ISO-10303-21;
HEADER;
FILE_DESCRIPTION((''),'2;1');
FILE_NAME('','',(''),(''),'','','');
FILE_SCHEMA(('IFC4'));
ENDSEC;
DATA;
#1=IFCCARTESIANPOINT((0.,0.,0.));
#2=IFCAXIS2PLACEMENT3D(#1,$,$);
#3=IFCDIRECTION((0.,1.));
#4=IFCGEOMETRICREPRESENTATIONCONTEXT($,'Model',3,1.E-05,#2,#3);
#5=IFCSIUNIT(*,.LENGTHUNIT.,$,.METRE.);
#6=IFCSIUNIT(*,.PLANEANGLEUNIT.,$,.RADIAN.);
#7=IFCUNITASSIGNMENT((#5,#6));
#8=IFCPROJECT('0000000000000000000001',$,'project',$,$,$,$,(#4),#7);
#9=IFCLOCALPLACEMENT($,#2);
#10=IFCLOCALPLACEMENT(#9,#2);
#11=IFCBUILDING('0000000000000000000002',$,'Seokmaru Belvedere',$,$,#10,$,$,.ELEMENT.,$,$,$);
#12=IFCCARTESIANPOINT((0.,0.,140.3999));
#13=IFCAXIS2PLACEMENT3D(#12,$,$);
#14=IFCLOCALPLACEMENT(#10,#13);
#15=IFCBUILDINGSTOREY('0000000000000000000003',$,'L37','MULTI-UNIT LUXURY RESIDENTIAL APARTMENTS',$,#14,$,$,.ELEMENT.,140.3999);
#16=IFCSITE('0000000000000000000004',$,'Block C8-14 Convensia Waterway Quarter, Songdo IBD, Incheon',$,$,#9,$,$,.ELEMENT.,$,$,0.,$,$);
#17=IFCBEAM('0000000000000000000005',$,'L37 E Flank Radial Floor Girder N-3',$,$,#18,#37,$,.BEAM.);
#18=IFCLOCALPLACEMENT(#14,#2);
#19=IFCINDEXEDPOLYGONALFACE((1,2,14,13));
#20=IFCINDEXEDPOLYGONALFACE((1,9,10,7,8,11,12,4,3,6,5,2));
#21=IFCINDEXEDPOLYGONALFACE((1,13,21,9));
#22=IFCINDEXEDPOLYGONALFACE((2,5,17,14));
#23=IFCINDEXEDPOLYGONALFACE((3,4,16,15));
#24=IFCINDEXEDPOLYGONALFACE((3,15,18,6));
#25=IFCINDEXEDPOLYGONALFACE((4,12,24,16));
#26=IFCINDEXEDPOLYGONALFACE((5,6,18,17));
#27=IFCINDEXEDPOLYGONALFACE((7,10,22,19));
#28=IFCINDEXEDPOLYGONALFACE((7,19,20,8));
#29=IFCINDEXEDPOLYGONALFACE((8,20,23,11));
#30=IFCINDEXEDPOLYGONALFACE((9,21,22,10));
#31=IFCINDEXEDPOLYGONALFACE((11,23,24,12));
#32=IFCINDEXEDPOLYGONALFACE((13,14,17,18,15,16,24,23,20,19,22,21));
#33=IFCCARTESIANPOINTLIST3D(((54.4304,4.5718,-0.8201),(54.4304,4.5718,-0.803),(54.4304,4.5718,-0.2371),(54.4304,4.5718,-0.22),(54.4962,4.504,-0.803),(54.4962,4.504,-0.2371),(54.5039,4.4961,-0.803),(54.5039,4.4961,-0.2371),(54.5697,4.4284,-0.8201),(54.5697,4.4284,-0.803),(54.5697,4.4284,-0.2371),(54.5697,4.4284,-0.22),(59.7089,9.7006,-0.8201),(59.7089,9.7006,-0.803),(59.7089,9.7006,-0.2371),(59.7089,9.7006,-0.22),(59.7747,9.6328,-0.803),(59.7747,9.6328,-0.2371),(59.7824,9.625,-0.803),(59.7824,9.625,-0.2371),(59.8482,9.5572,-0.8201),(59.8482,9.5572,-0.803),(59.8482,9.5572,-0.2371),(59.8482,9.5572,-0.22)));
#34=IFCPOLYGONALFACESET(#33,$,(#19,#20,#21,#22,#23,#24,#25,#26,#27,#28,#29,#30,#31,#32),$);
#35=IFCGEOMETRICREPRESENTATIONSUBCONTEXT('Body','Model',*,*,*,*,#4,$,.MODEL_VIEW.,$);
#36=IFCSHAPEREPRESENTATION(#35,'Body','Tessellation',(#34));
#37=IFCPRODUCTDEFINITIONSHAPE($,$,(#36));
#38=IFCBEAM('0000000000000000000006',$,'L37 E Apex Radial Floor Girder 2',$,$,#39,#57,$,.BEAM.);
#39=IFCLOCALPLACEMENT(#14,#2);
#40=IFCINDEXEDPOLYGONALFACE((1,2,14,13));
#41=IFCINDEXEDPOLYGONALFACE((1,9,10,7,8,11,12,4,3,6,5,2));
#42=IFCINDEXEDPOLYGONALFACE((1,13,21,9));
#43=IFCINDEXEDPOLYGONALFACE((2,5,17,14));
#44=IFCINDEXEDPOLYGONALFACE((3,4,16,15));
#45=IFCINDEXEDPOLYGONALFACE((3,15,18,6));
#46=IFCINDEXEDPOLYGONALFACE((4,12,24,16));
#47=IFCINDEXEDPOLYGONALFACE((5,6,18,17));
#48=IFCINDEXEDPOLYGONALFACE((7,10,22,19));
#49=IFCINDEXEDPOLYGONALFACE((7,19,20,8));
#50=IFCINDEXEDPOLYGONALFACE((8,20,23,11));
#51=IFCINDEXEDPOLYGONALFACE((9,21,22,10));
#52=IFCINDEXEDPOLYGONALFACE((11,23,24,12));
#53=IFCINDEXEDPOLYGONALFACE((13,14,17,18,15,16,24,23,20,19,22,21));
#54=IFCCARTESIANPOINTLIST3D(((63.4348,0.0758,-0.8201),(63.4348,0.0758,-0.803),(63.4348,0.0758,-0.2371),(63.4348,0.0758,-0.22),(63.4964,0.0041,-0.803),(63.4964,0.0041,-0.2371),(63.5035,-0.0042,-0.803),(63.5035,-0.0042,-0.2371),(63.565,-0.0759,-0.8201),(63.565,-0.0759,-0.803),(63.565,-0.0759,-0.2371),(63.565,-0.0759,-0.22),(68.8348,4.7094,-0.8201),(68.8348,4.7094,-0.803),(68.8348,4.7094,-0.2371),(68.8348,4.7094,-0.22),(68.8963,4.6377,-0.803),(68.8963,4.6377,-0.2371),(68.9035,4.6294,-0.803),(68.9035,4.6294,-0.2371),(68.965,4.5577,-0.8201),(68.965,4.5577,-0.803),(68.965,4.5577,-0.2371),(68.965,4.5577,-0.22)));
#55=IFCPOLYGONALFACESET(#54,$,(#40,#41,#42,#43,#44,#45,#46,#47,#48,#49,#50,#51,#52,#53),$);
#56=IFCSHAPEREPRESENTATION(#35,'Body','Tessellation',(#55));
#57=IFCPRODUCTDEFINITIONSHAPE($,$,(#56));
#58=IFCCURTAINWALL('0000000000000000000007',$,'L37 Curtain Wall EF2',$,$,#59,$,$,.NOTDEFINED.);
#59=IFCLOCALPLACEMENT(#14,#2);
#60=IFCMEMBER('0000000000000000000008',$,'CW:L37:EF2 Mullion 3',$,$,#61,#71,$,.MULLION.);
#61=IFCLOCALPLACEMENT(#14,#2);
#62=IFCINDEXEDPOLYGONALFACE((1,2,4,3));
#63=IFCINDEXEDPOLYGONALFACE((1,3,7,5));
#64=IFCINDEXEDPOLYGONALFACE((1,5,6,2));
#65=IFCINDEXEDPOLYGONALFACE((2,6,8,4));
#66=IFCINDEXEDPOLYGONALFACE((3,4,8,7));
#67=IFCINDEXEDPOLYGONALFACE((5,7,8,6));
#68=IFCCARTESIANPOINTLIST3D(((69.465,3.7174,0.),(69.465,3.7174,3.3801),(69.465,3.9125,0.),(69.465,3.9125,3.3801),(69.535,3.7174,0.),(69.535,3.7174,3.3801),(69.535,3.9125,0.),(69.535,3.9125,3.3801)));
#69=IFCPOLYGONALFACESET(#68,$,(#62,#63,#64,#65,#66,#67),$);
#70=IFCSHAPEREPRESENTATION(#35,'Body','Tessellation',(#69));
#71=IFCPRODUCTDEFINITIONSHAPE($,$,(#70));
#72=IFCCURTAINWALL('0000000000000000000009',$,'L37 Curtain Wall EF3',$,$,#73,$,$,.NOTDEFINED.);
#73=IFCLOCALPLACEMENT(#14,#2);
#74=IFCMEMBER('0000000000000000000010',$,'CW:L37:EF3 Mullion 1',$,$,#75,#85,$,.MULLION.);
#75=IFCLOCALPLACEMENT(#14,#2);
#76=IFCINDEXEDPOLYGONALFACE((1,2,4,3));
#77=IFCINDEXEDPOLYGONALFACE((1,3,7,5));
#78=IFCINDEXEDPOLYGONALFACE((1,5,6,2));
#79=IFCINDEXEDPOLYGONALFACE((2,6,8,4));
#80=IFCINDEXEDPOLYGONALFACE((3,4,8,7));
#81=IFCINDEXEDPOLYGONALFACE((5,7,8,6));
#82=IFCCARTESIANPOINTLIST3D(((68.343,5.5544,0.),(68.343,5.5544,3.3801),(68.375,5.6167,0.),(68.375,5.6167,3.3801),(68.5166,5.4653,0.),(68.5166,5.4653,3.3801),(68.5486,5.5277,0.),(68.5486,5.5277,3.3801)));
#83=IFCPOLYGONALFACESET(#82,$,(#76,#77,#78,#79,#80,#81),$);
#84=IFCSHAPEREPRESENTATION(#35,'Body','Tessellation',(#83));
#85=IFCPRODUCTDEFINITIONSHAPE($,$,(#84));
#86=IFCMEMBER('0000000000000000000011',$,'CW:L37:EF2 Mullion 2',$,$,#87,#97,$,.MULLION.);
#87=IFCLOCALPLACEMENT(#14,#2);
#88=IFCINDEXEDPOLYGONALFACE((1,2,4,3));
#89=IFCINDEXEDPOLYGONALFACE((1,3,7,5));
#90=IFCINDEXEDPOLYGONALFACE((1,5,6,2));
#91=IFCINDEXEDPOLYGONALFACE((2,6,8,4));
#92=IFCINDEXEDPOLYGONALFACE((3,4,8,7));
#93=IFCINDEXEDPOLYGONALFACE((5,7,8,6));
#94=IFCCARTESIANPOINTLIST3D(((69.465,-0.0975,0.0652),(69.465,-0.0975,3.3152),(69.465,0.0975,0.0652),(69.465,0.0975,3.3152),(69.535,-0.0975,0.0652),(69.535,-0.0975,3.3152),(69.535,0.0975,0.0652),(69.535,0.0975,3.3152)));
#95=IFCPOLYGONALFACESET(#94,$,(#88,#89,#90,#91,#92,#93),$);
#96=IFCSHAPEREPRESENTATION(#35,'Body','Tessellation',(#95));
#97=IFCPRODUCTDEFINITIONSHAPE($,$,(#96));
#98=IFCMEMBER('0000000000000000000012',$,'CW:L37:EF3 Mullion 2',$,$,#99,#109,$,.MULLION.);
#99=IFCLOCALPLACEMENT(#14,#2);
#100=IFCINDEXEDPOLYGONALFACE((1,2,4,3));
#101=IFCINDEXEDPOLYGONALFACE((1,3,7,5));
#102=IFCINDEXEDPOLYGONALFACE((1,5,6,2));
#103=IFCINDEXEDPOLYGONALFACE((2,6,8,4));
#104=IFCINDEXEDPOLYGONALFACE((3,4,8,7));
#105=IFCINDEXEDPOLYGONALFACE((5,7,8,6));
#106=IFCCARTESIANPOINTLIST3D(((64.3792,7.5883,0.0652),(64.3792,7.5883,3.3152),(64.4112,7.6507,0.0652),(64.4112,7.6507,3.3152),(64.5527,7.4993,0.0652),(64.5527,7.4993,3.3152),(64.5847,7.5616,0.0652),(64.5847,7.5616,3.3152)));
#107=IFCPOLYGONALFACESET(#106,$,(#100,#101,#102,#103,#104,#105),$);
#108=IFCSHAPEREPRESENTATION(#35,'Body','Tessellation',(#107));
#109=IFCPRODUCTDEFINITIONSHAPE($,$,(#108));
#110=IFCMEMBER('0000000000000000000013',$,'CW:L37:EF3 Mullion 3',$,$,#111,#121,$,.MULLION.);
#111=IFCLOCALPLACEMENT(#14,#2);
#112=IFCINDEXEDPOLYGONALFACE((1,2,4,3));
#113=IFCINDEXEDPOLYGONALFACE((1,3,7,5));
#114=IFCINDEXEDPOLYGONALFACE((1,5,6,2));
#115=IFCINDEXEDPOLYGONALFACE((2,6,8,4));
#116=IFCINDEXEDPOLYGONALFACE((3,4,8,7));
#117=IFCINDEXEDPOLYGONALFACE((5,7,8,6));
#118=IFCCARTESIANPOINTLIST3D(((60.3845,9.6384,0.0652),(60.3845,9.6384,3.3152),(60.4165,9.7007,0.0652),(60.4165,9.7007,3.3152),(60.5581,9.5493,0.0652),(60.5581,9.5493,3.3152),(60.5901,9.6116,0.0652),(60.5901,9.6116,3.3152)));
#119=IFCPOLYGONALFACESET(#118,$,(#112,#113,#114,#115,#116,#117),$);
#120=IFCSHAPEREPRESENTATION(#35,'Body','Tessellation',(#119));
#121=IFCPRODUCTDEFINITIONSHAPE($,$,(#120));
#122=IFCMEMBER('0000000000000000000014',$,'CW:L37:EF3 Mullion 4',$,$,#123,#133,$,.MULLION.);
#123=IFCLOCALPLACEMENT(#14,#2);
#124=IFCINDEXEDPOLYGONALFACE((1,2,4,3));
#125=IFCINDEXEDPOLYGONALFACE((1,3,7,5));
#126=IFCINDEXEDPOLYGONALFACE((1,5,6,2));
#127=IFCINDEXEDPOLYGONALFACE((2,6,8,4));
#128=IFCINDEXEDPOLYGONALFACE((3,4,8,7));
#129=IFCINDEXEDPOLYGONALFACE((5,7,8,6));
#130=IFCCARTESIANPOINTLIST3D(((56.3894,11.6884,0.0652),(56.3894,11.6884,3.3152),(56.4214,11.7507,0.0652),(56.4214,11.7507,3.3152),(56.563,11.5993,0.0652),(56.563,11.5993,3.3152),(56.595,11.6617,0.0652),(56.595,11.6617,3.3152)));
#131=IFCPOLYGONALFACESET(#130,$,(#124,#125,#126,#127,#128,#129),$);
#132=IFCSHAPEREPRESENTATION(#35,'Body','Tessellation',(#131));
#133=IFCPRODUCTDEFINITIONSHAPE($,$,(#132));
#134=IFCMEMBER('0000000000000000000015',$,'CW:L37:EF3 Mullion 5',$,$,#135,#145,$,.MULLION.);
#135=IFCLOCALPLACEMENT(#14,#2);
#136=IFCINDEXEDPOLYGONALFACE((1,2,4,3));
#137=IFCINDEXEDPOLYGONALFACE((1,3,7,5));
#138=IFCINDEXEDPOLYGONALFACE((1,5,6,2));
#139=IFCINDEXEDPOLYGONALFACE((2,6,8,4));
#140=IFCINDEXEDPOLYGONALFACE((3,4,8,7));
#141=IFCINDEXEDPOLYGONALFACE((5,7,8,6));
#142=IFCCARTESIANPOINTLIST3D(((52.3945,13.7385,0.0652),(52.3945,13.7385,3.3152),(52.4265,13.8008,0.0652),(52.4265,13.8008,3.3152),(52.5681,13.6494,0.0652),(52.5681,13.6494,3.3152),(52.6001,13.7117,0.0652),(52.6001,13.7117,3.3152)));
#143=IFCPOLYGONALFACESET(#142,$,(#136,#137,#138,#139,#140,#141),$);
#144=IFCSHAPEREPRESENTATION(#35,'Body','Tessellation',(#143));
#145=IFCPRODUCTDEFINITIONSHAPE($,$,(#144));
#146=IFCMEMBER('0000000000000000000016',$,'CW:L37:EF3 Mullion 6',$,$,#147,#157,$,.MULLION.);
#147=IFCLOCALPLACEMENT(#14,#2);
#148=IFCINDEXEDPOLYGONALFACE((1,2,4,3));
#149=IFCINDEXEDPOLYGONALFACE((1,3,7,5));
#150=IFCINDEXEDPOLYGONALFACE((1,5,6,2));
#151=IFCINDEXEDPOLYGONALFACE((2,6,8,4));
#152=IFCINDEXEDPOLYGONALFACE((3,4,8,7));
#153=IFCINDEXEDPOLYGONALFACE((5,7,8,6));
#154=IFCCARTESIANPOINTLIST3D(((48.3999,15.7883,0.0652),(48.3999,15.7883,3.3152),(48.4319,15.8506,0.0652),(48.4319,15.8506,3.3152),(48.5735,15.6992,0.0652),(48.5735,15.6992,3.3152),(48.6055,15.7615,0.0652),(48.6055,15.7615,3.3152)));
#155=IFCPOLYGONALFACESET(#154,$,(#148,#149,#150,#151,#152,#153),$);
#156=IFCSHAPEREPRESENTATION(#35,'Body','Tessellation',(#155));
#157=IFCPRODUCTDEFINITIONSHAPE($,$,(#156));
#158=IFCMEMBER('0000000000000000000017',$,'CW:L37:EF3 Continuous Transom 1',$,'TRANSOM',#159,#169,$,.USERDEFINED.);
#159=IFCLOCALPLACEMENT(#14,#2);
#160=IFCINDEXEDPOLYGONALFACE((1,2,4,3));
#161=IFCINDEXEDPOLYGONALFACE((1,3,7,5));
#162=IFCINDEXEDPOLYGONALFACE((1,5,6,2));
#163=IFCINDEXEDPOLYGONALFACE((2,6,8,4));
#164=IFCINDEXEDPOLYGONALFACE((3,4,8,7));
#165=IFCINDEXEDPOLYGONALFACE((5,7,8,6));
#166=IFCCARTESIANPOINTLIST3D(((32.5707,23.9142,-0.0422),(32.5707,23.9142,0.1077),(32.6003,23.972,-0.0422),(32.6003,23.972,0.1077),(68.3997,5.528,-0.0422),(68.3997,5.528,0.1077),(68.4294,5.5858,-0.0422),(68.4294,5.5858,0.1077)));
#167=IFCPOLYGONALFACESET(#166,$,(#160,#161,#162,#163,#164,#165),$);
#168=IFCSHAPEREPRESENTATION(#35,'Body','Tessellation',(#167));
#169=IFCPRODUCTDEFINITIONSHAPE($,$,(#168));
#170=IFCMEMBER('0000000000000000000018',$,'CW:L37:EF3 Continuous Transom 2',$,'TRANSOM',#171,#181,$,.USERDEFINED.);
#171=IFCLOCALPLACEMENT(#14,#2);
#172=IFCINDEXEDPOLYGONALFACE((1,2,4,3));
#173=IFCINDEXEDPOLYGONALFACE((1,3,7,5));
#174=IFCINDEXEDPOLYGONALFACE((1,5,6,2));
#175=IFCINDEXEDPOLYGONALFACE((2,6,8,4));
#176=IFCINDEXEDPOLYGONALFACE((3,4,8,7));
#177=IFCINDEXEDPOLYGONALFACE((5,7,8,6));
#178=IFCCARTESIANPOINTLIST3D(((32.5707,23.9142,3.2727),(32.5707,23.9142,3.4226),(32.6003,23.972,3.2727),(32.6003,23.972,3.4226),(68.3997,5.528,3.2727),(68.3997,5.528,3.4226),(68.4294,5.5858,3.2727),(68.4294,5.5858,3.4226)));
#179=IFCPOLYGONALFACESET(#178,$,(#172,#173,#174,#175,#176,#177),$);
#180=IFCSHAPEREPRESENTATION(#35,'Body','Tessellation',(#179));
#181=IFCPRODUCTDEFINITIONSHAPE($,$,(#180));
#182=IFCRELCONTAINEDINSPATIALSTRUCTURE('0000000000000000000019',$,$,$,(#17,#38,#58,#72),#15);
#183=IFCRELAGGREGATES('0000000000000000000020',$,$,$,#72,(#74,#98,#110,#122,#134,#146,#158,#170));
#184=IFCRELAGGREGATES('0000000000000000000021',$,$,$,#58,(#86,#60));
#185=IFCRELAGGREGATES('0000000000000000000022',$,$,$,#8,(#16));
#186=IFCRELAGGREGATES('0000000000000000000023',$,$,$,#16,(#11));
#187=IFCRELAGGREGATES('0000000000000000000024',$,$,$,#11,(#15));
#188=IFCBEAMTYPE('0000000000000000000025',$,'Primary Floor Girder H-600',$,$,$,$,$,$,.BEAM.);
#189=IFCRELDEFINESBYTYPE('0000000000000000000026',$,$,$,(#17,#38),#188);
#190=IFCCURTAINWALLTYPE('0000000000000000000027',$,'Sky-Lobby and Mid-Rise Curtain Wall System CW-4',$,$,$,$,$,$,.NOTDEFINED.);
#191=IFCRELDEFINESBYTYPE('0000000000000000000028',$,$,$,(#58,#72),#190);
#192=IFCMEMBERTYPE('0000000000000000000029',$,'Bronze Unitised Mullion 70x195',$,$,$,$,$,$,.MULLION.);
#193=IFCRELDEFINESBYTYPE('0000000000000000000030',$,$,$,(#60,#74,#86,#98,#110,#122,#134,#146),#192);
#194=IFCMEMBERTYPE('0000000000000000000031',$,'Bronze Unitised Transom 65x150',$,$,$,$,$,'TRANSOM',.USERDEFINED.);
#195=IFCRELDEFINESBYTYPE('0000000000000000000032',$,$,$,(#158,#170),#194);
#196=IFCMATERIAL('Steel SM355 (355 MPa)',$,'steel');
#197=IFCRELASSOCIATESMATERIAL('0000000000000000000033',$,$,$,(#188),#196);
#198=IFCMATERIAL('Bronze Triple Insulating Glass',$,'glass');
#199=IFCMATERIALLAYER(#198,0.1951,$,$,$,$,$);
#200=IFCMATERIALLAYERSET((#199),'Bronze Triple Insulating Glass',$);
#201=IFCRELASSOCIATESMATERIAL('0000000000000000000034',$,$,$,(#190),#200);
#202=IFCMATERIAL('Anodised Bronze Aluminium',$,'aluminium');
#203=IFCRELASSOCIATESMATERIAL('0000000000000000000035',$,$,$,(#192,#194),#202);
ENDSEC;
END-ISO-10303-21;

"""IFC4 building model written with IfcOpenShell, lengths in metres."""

from ifc_helpers import new_model, si_unit, direction, frame, origin, origin_2d, place, context, subcontext, project, spatial, rectangle, i_section, extrude, source, transform, mapped, material, layer, layer_set, material_profile, profile_set, type_object, type_shapes, element, aggregate, save


model = new_model("IFC4")

# Units and contexts
model_context = context("Model", 3, precision=1e-05, world=origin(), true_north=direction((0.0, 1.0)))
body_context = subcontext(model_context, "Body", "Model", "MODEL_VIEW")
ifc_project = project(units=[si_unit("LENGTHUNIT", "METRE"), si_unit("PLANEANGLEUNIT", "RADIAN")], contexts=[model_context])

# Site, building, storey
site_placement = place(None, origin())
site = spatial("IfcSite", under=ifc_project, at=site_placement, Name="Block C8-14 Convensia Waterway Quarter, Songdo IBD, Incheon", CompositionType="ELEMENT", RefElevation=0.0)
building_placement = place(site_placement, origin())
building = spatial("IfcBuilding", under=site, at=building_placement, Name="Seokmaru Belvedere", CompositionType="ELEMENT")
storey_placement = place(building_placement, frame((0.0, 0.0, 140.3999)))
storey = spatial("IfcBuildingStorey", under=building, at=storey_placement, Name="L37", Description="MULTI-UNIT LUXURY RESIDENTIAL APARTMENTS", CompositionType="ELEMENT", Elevation=140.3999)

# Shared definitions
ifc_material_1 = material(Name="Steel SM355 (355 MPa)", Category="steel")

# Beams
ifc_material_profile_1 = material_profile(ifc_material_1, i_section(OverallWidth=0.2, OverallDepth=0.6001, WebThickness=0.011, FlangeThickness=0.0171, at=origin_2d()), Name="H-600x200x11x17")
ifc_profile_set_1 = profile_set([ifc_material_profile_1], Name="Steel SM355 (355 MPa)")
beam_type_1 = type_object("IfcBeamType", Name="Primary Floor Girder H-600", PredefinedType="BEAM", material=ifc_profile_set_1)
shared_shape_1 = source(origin(), body_context, "Body", "SweptSolid", [
    extrude(i_section(OverallWidth=0.2, OverallDepth=0.6001, WebThickness=0.011, FlangeThickness=0.0171, at=origin_2d()), origin(), (0.0, 0.0, 1.0), 7.3599),
])
beam_1_placement = place(storey_placement, frame((59.7786, 9.6289, -0.52), z_axis=(-0.717201, -0.696867, 0.0), x_axis=(0.696867, -0.717201, 0.0)))
element("IfcBeam", 1, at=beam_1_placement, inside=storey, type_object=beam_type_1, Name="L37 E Flank Radial Floor Girder N-3", PredefinedType="BEAM", context=body_context, shape_type="MappedRepresentation", body=[
    mapped(shared_shape_1, transform((0.0, 0.0, 0.0), scale=1.0)),
])
shared_shape_2 = source(origin(), body_context, "Body", "SweptSolid", [
    extrude(i_section(OverallWidth=0.2, OverallDepth=0.6001, WebThickness=0.011, FlangeThickness=0.0171, at=origin_2d()), origin(), (0.0, 0.0, 1.0), 7.1155),
])
beam_2_placement = place(storey_placement, frame((68.8999, 4.6335, -0.52), z_axis=(-0.758905, -0.651201, 0.0), x_axis=(0.651201, -0.758905, 0.0)))
element("IfcBeam", 2, at=beam_2_placement, inside=storey, type_object=beam_type_1, Name="L37 E Apex Radial Floor Girder 2", PredefinedType="BEAM", context=body_context, shape_type="MappedRepresentation", body=[
    mapped(shared_shape_2, transform((0.0, 0.0, 0.0), scale=1.0)),
])

# Curtain walls, members
ifc_material_2 = material(Name="Bronze Triple Insulating Glass", Category="glass")
ifc_layer_1 = layer(ifc_material_2, 0.1951)
ifc_layer_set_1 = layer_set([ifc_layer_1], Name="Bronze Triple Insulating Glass")
curtain_wall_type = type_object("IfcCurtainWallType", Name="Sky-Lobby and Mid-Rise Curtain Wall System CW-4", PredefinedType="NOTDEFINED", material=ifc_layer_set_1)
curtain_wall_1_placement = place(storey_placement, origin())
curtain_wall_1 = element("IfcCurtainWall", 3, at=curtain_wall_1_placement, inside=storey, type_object=curtain_wall_type, Name="L37 Curtain Wall EF2", PredefinedType="NOTDEFINED")
ifc_material_3 = material(Name="Anodised Bronze Aluminium", Category="aluminium")
ifc_material_profile_2 = material_profile(ifc_material_3, rectangle(XDim=0.0701, YDim=0.1951, at=origin_2d()), Name="CW-M-70x195")
ifc_profile_set_2 = profile_set([ifc_material_profile_2], Name="Anodised Bronze Aluminium")
member_type_1 = type_object("IfcMemberType", Name="Bronze Unitised Mullion 70x195", PredefinedType="MULLION", material=ifc_profile_set_2)
shared_shape_3 = source(origin(), body_context, "Body", "SweptSolid", [
    extrude(rectangle(XDim=0.0701, YDim=0.1951, at=origin_2d()), origin(), (0.0, 0.0, 1.0), 3.3801),
])
member_1_placement = place(storey_placement, frame((69.5, 3.8149, 0.0), z_axis=(0.0, 0.0, 1.0), x_axis=(-1.0, 0.0, 0.0)))
member_1 = element("IfcMember", 4, at=member_1_placement, type_object=member_type_1, Name="CW:L37:EF2 Mullion 3", PredefinedType="MULLION", context=body_context, shape_type="MappedRepresentation", body=[
    mapped(shared_shape_3, transform((0.0, 0.0, 0.0), scale=1.0)),
])
curtain_wall_2_placement = place(storey_placement, origin())
curtain_wall_2 = element("IfcCurtainWall", 5, at=curtain_wall_2_placement, inside=storey, type_object=curtain_wall_type, Name="L37 Curtain Wall EF3", PredefinedType="NOTDEFINED")
member_2_placement = place(storey_placement, frame((68.4458, 5.541, 0.0), z_axis=(0.0, 0.0, 1.0), x_axis=(-0.456555, -0.889695, 0.0)))
member_2 = element("IfcMember", 6, at=member_2_placement, type_object=member_type_1, Name="CW:L37:EF3 Mullion 1", PredefinedType="MULLION", context=body_context, shape_type="MappedRepresentation", body=[
    mapped(shared_shape_3, transform((0.0, 0.0, 0.0), scale=1.0)),
])

# Members
shared_shape_4 = source(origin(), body_context, "Body", "SweptSolid", [
    extrude(rectangle(XDim=0.0701, YDim=0.1951, at=origin_2d()), origin(), (0.0, 0.0, 1.0), 3.25),
])
type_shapes(member_type_1, [shared_shape_3, shared_shape_4])
member_3_placement = place(storey_placement, frame((69.5, 0.0, 0.0652), z_axis=(0.0, 0.0, 1.0), x_axis=(-1.0, 0.0, 0.0)))
member_3 = element("IfcMember", 7, at=member_3_placement, type_object=member_type_1, Name="CW:L37:EF2 Mullion 2", PredefinedType="MULLION", context=body_context, shape_type="MappedRepresentation", body=[
    mapped(shared_shape_4, transform((0.0, 0.0, 0.0), scale=1.0)),
])
member_4_placement = place(storey_placement, frame((64.4819, 7.575, 0.0652), z_axis=(0.0, 0.0, 1.0), x_axis=(-0.456555, -0.889695, 0.0)))
member_4 = element("IfcMember", 8, at=member_4_placement, type_object=member_type_1, Name="CW:L37:EF3 Mullion 2", PredefinedType="MULLION", context=body_context, shape_type="MappedRepresentation", body=[
    mapped(shared_shape_4, transform((0.0, 0.0, 0.0), scale=1.0)),
])
member_5_placement = place(storey_placement, frame((60.4873, 9.625, 0.0652), z_axis=(0.0, 0.0, 1.0), x_axis=(-0.456555, -0.889695, 0.0)))
member_5 = element("IfcMember", 9, at=member_5_placement, type_object=member_type_1, Name="CW:L37:EF3 Mullion 3", PredefinedType="MULLION", context=body_context, shape_type="MappedRepresentation", body=[
    mapped(shared_shape_4, transform((0.0, 0.0, 0.0), scale=1.0)),
])
member_6_placement = place(storey_placement, frame((56.4922, 11.675, 0.0652), z_axis=(0.0, 0.0, 1.0), x_axis=(-0.456555, -0.889695, 0.0)))
member_6 = element("IfcMember", 10, at=member_6_placement, type_object=member_type_1, Name="CW:L37:EF3 Mullion 4", PredefinedType="MULLION", context=body_context, shape_type="MappedRepresentation", body=[
    mapped(shared_shape_4, transform((0.0, 0.0, 0.0), scale=1.0)),
])
member_7_placement = place(storey_placement, frame((52.4973, 13.7251, 0.0652), z_axis=(0.0, 0.0, 1.0), x_axis=(-0.456555, -0.889695, 0.0)))
member_7 = element("IfcMember", 11, at=member_7_placement, type_object=member_type_1, Name="CW:L37:EF3 Mullion 5", PredefinedType="MULLION", context=body_context, shape_type="MappedRepresentation", body=[
    mapped(shared_shape_4, transform((0.0, 0.0, 0.0), scale=1.0)),
])
member_8_placement = place(storey_placement, frame((48.5027, 15.7749, 0.0652), z_axis=(0.0, 0.0, 1.0), x_axis=(-0.456555, -0.889695, 0.0)))
member_8 = element("IfcMember", 12, at=member_8_placement, type_object=member_type_1, Name="CW:L37:EF3 Mullion 6", PredefinedType="MULLION", context=body_context, shape_type="MappedRepresentation", body=[
    mapped(shared_shape_4, transform((0.0, 0.0, 0.0), scale=1.0)),
])
ifc_material_profile_3 = material_profile(ifc_material_3, rectangle(XDim=0.0649, YDim=0.1499, at=origin_2d()), Name="CW-T-65x150")
ifc_profile_set_3 = profile_set([ifc_material_profile_3], Name="Anodised Bronze Aluminium")
member_type_2 = type_object("IfcMemberType", Name="Bronze Unitised Transom 65x150", ElementType="TRANSOM", PredefinedType="USERDEFINED", material=ifc_profile_set_3)
shared_shape_5 = source(origin(), body_context, "Body", "SweptSolid", [
    extrude(rectangle(XDim=0.0649, YDim=0.1499, at=origin_2d()), origin(), (0.0, 0.0, 1.0), 40.2712),
])
type_shapes(member_type_2, [shared_shape_5])
member_9_placement = place(storey_placement, frame((68.4146, 5.5569, 0.0327), z_axis=(-0.889693, 0.456559, 0.0), x_axis=(-0.456559, -0.889693, 0.0)))
member_9 = element("IfcMember", 13, at=member_9_placement, type_object=member_type_2, Name="CW:L37:EF3 Continuous Transom 1", ObjectType="TRANSOM", PredefinedType="USERDEFINED", context=body_context, shape_type="MappedRepresentation", body=[
    mapped(shared_shape_5, transform((0.0, 0.0, 0.0), scale=1.0)),
])
member_10_placement = place(storey_placement, frame((68.4146, 5.5569, 3.3477), z_axis=(-0.889693, 0.456559, 0.0), x_axis=(-0.456559, -0.889693, 0.0)))
member_10 = element("IfcMember", 14, at=member_10_placement, type_object=member_type_2, Name="CW:L37:EF3 Continuous Transom 2", ObjectType="TRANSOM", PredefinedType="USERDEFINED", context=body_context, shape_type="MappedRepresentation", body=[
    mapped(shared_shape_5, transform((0.0, 0.0, 0.0), scale=1.0)),
])

aggregate(curtain_wall_2, [member_2, member_4, member_5, member_6, member_7, member_8, member_9, member_10])
aggregate(curtain_wall_1, [member_3, member_1])

save(model, "model.ifc")
